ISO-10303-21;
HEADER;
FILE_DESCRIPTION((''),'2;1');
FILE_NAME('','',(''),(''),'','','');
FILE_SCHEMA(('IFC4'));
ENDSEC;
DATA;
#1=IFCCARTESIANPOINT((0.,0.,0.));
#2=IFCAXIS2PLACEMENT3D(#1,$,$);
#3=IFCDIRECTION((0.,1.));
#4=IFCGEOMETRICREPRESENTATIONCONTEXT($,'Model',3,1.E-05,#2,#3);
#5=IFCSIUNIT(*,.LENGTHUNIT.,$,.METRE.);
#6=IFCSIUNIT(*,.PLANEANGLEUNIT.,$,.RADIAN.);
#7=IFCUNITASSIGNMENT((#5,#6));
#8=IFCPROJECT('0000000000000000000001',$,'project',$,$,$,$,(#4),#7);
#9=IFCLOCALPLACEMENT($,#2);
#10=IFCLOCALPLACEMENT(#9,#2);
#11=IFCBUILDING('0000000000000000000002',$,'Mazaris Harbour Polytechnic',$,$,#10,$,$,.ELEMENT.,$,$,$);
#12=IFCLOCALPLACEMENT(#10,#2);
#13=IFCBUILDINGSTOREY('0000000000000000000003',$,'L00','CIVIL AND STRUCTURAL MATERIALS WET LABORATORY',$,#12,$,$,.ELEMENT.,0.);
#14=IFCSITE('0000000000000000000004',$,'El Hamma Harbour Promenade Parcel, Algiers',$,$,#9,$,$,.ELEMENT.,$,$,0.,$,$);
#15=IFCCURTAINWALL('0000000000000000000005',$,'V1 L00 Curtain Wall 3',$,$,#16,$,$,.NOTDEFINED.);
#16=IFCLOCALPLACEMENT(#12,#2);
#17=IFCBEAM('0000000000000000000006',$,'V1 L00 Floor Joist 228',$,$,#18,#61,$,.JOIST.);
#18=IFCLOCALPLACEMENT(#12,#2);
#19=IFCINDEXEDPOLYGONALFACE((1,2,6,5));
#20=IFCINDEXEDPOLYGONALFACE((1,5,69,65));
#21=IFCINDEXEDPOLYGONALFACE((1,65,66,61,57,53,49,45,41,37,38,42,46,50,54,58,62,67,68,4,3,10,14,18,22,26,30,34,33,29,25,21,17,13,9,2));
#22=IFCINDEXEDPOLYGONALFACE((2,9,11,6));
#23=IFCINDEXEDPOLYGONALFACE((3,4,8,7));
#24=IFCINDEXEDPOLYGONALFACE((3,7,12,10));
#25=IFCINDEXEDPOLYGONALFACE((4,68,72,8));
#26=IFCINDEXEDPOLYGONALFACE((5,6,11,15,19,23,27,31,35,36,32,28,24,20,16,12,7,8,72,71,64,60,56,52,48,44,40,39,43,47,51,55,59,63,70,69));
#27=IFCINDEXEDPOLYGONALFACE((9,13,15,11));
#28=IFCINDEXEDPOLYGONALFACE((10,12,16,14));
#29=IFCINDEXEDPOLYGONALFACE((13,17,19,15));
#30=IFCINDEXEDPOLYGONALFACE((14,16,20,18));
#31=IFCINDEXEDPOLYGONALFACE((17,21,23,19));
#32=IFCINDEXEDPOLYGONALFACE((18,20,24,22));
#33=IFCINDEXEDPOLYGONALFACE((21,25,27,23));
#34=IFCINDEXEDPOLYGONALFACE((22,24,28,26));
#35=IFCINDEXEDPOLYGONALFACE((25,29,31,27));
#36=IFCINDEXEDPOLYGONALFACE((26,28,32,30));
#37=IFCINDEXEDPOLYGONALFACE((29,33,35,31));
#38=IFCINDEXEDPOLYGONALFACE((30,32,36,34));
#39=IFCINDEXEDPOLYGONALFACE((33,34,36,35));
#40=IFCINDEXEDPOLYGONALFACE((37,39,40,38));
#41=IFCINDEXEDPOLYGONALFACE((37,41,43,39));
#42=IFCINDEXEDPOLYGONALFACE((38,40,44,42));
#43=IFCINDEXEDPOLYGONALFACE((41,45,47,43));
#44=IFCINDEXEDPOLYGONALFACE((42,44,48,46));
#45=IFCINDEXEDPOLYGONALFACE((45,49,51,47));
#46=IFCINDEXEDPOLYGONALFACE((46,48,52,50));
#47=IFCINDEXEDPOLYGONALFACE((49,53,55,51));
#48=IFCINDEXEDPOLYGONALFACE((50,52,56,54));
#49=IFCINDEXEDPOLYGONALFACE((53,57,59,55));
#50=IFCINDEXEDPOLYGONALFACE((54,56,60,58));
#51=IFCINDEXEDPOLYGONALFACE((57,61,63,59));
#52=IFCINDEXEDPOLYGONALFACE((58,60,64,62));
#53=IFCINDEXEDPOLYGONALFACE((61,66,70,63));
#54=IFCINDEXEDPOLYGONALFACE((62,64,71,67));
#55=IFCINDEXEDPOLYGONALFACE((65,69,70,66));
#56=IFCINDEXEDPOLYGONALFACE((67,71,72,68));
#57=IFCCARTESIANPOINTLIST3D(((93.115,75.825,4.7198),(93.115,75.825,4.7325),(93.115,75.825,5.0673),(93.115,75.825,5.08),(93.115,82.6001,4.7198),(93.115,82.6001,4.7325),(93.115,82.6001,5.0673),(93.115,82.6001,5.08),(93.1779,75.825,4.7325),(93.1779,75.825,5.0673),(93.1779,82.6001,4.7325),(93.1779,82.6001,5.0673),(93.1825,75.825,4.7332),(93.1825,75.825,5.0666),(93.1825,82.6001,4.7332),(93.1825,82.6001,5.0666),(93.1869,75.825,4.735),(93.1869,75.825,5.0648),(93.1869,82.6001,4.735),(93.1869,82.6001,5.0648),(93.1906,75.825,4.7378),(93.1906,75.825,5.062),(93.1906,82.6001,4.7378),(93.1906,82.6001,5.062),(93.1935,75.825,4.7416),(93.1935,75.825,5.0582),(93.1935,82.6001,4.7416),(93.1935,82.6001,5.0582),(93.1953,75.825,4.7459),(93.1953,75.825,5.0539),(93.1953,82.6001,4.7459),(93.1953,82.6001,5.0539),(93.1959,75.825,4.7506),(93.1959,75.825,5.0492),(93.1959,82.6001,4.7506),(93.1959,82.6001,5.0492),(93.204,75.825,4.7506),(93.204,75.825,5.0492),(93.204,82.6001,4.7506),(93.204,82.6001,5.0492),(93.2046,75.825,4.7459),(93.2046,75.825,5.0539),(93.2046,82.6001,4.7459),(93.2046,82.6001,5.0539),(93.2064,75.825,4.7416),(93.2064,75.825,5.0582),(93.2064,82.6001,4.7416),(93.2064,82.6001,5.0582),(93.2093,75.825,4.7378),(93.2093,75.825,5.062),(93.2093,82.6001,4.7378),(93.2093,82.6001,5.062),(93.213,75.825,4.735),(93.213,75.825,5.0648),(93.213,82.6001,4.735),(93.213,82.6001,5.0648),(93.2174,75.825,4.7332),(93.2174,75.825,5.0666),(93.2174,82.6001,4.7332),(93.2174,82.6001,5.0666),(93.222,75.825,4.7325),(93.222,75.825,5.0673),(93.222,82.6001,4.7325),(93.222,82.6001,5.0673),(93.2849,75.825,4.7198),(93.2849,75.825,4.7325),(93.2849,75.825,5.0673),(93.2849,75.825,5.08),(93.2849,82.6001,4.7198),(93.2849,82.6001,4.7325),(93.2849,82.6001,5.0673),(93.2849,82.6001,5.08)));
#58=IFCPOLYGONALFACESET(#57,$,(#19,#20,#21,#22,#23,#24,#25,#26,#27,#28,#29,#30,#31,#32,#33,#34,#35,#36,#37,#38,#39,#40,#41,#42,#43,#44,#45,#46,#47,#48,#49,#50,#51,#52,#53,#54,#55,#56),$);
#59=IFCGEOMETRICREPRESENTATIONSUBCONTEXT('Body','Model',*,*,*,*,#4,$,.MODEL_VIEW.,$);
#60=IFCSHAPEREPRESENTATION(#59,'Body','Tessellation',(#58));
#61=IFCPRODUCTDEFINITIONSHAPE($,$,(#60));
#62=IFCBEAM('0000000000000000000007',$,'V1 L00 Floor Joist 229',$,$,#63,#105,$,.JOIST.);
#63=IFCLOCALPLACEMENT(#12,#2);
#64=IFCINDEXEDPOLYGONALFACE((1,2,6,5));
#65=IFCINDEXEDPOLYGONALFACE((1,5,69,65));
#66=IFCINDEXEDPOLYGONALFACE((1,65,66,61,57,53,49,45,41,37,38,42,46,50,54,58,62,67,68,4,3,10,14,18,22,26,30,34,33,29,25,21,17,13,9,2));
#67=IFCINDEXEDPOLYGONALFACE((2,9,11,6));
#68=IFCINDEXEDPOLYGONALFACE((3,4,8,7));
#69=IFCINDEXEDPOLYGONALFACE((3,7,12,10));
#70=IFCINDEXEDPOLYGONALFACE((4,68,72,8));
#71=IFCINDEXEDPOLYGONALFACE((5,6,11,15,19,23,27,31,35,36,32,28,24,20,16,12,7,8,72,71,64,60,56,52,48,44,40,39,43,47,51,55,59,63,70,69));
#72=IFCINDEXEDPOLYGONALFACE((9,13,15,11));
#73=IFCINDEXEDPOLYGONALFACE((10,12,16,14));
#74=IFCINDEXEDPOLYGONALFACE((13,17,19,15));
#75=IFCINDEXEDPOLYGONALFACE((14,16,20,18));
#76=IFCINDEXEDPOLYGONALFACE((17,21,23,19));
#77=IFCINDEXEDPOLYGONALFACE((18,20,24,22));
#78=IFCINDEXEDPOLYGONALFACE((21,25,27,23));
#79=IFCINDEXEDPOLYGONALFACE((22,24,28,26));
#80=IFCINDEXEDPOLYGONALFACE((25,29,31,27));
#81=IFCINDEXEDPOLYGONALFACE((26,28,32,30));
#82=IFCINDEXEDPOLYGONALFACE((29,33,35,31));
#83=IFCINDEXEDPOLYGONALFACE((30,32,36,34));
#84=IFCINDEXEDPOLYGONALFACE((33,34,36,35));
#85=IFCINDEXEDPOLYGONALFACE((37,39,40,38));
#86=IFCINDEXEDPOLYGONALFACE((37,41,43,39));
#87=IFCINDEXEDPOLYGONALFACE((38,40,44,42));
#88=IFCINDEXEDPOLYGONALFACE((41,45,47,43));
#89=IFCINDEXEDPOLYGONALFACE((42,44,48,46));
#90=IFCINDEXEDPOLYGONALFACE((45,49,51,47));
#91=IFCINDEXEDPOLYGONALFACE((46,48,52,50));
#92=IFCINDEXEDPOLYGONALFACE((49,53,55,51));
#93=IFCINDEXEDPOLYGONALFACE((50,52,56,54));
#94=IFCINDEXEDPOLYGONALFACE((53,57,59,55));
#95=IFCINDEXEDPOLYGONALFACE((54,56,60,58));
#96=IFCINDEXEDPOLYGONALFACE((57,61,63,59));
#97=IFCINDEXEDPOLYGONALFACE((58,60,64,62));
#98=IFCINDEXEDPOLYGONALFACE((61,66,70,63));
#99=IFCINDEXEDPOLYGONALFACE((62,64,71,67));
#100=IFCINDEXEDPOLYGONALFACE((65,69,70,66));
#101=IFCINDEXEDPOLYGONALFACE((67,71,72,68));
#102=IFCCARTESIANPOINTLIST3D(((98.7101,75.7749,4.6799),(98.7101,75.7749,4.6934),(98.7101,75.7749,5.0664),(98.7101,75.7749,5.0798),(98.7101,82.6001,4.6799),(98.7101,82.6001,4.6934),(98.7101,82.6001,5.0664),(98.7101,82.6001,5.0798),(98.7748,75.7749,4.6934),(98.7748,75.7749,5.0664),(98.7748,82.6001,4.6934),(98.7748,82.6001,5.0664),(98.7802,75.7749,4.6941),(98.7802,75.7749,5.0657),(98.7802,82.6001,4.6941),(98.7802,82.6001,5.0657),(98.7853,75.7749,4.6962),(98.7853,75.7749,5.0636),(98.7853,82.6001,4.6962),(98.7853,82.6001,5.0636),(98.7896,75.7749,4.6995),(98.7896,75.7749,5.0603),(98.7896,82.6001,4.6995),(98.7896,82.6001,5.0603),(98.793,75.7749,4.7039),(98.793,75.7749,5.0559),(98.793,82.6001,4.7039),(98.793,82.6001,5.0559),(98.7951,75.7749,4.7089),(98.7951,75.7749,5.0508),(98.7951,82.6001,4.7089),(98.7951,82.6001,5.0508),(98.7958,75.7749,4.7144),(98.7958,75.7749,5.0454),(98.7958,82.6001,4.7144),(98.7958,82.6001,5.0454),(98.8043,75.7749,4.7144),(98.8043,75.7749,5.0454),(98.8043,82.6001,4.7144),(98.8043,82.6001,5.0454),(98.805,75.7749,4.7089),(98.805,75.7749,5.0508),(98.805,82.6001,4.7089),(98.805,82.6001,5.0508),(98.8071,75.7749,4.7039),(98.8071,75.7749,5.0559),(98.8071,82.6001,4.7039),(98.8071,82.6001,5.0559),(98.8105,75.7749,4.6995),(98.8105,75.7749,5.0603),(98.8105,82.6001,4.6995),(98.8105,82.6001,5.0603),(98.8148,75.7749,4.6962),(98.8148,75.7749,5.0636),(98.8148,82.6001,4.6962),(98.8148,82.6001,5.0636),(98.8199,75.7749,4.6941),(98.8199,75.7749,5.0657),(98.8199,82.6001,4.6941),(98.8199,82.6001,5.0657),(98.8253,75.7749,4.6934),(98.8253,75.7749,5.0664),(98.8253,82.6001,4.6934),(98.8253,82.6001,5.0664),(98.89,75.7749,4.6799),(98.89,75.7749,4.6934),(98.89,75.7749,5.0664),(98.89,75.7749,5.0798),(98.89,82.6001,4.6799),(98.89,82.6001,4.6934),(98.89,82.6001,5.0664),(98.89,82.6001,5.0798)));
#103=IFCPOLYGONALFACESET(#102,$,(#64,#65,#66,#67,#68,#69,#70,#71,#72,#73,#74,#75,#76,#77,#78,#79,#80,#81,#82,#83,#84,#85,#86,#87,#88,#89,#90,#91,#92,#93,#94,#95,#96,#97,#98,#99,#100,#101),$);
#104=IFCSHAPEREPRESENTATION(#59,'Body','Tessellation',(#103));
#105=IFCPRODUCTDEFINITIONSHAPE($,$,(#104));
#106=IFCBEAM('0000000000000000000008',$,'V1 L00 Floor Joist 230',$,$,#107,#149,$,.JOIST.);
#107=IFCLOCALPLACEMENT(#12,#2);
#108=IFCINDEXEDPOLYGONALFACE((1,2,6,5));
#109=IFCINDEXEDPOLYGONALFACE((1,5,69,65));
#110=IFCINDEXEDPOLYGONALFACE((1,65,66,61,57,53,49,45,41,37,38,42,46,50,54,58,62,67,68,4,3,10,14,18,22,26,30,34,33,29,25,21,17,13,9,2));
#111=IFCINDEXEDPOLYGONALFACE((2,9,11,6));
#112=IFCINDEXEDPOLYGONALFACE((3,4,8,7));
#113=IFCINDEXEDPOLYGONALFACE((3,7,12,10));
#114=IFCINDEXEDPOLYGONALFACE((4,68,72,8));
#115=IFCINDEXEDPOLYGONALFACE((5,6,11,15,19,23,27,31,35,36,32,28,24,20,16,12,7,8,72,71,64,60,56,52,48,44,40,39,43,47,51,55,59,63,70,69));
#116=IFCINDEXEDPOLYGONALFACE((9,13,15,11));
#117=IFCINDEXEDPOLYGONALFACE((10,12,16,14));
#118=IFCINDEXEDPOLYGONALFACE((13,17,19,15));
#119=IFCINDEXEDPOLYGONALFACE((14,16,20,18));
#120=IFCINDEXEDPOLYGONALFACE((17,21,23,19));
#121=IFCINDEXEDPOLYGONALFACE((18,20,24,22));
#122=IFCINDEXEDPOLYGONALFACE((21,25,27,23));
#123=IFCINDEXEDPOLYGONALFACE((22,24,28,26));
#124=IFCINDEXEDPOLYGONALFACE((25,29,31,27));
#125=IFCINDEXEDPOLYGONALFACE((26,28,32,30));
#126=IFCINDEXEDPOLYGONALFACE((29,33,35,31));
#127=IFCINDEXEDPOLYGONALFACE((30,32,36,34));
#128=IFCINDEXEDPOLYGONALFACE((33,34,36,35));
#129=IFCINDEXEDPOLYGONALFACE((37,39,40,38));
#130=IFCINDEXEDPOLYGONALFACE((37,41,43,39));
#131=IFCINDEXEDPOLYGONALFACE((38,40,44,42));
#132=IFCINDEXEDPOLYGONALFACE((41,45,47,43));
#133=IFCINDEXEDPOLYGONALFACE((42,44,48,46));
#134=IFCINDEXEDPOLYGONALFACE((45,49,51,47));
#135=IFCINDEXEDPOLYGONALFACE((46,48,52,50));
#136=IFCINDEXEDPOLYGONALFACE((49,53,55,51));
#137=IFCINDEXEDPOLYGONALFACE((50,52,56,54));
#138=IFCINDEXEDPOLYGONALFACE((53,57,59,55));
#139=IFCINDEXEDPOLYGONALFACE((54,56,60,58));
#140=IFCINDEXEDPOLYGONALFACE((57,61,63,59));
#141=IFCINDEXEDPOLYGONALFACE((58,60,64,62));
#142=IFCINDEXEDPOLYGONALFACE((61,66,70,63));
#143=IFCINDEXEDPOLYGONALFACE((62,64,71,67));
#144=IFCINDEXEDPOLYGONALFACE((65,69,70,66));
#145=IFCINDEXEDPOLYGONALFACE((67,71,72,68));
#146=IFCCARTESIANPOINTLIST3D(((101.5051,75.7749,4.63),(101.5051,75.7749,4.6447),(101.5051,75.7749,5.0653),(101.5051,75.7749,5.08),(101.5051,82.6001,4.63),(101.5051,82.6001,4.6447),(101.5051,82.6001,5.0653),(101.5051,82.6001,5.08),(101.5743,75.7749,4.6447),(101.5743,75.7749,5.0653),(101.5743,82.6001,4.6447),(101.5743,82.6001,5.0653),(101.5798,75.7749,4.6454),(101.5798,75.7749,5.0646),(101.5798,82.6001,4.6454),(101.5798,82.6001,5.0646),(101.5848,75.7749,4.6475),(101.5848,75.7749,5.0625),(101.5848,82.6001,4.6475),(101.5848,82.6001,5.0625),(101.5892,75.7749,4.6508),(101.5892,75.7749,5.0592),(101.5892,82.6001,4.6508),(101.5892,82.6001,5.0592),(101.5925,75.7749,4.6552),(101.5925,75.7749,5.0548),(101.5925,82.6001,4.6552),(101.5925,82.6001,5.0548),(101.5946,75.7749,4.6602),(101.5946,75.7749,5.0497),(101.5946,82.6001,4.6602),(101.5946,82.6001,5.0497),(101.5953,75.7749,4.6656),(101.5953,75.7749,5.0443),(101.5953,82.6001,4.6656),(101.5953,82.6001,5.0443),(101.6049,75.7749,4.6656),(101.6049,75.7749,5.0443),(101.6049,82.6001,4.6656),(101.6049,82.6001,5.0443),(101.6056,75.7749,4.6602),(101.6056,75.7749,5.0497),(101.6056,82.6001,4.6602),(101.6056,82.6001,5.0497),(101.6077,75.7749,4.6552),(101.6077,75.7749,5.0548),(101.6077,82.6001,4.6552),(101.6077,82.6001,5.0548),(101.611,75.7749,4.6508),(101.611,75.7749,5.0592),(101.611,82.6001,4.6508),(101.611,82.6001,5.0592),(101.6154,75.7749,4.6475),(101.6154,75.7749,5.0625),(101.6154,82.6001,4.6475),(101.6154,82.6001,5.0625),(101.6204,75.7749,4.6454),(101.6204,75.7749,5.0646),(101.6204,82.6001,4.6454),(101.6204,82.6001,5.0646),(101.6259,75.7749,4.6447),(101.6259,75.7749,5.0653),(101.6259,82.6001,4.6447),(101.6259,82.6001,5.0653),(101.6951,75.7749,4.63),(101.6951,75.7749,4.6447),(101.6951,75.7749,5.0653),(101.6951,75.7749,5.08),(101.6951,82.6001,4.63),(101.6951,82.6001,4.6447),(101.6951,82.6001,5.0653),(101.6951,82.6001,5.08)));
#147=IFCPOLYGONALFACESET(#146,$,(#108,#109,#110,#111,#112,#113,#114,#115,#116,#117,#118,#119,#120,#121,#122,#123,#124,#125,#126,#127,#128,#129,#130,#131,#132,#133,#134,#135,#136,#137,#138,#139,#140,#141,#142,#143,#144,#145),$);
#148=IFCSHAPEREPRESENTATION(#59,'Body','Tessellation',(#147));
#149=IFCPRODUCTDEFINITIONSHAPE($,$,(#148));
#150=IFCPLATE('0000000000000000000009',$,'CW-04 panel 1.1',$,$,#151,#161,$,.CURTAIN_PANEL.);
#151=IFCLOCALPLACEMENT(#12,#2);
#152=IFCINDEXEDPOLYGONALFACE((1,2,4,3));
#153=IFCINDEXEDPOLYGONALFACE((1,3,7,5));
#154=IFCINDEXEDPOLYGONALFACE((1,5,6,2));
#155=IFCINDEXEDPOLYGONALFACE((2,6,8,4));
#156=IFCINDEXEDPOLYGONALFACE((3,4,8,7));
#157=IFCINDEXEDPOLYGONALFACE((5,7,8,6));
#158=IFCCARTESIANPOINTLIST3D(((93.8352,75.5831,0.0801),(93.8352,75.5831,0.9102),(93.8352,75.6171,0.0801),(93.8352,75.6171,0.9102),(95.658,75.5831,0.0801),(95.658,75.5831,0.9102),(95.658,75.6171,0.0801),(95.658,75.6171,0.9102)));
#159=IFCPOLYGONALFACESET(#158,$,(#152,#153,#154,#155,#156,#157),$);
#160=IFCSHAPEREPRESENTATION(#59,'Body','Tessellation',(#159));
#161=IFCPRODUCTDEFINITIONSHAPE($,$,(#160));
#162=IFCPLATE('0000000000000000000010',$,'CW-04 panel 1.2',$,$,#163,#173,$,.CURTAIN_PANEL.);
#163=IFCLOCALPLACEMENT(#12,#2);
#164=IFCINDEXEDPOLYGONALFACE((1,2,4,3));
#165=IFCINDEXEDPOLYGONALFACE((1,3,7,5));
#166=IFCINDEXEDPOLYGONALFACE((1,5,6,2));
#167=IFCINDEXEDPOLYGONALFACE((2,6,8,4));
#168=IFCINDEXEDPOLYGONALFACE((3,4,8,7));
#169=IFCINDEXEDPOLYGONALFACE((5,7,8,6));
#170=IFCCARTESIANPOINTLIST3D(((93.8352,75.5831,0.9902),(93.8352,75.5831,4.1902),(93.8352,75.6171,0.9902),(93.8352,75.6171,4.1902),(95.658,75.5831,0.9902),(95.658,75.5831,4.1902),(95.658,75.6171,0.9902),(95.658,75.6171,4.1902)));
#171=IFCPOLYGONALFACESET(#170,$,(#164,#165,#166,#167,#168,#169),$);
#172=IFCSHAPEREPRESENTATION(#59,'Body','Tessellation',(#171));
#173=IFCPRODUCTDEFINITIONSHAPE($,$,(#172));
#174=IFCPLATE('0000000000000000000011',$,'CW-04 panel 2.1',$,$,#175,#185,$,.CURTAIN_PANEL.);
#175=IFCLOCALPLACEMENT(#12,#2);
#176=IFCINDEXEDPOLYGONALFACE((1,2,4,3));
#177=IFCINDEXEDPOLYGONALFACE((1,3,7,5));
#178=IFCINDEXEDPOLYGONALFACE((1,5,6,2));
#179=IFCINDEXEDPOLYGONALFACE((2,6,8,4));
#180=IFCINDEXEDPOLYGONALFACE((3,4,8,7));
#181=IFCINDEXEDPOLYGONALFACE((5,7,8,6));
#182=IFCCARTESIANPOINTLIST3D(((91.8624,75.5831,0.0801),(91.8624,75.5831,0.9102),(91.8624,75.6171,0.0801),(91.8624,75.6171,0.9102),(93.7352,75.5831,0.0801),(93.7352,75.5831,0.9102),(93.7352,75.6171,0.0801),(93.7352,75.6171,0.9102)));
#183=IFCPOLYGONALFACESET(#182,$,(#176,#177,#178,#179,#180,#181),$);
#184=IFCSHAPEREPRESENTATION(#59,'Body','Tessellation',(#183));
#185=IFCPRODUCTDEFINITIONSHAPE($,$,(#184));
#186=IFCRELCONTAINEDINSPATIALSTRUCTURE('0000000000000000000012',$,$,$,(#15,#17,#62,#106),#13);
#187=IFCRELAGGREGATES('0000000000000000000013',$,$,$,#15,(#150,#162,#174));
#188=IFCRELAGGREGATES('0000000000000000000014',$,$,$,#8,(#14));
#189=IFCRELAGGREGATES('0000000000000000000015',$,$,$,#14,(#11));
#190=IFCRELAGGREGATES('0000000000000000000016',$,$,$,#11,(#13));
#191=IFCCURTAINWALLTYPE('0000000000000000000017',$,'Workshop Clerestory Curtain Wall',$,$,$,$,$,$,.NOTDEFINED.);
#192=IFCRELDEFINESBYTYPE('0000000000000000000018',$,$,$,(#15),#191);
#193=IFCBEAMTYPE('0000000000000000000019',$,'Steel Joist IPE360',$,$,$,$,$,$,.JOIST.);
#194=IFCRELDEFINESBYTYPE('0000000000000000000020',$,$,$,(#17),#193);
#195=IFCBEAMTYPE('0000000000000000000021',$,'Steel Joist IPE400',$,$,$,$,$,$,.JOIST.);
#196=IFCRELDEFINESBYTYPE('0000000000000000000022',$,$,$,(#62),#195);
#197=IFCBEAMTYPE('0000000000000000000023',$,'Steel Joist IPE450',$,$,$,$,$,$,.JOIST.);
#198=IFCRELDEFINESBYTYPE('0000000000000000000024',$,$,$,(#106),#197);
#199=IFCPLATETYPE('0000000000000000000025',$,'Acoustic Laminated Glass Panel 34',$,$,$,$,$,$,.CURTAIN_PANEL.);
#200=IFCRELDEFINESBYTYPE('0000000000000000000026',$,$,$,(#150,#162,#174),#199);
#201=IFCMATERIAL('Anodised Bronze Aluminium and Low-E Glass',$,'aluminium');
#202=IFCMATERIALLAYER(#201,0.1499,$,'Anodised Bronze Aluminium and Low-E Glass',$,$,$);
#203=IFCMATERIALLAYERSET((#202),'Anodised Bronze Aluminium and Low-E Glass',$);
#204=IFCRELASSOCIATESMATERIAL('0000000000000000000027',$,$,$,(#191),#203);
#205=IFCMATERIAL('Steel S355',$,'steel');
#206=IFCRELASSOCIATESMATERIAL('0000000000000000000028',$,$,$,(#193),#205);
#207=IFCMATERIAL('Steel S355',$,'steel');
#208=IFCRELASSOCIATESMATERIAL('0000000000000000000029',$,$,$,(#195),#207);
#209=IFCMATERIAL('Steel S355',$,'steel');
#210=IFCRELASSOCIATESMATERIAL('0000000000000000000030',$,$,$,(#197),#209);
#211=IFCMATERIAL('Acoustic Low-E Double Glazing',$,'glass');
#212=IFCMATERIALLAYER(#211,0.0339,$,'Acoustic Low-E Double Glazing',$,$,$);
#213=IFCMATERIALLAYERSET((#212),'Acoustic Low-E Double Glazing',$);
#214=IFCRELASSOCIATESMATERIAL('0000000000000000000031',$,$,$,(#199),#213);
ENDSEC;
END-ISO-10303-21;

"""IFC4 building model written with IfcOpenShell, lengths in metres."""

from ifc_helpers import new_model, si_unit, direction, frame, origin, origin_2d, place, context, subcontext, project, spatial, rectangle, i_section, extrude, material, layer, layer_set, material_profile, profile_set, type_object, element, aggregate, save


model = new_model("IFC4")

# Units and contexts
model_context = context("Model", 3, precision=1e-05, world=origin(), true_north=direction((0.0, 1.0)))
body_context = subcontext(model_context, "Body", "Model", "MODEL_VIEW")
ifc_project = project(units=[si_unit("LENGTHUNIT", "METRE"), si_unit("PLANEANGLEUNIT", "RADIAN")], contexts=[model_context])

# Site, building, storey
site_placement = place(None, origin())
site = spatial("IfcSite", under=ifc_project, at=site_placement, Name="El Hamma Harbour Promenade Parcel, Algiers", CompositionType="ELEMENT", RefElevation=0.0)
building_placement = place(site_placement, origin())
building = spatial("IfcBuilding", under=site, at=building_placement, Name="Mazaris Harbour Polytechnic", CompositionType="ELEMENT")
storey_placement = place(building_placement, origin())
storey = spatial("IfcBuildingStorey", under=building, at=storey_placement, Name="L00", Description="CIVIL AND STRUCTURAL MATERIALS WET LABORATORY", CompositionType="ELEMENT", Elevation=0.0)

# Curtain wall
ifc_material_1 = material(Name="Anodised Bronze Aluminium and Low-E Glass", Category="aluminium")
ifc_layer_1 = layer(ifc_material_1, 0.1499, Name="Anodised Bronze Aluminium and Low-E Glass")
ifc_layer_set_1 = layer_set([ifc_layer_1], Name="Anodised Bronze Aluminium and Low-E Glass")
curtain_wall_type = type_object("IfcCurtainWallType", Name="Workshop Clerestory Curtain Wall", PredefinedType="NOTDEFINED", material=ifc_layer_set_1)
curtain_wall_placement = place(storey_placement, origin())
curtain_wall = element("IfcCurtainWall", 1, at=curtain_wall_placement, inside=storey, type_object=curtain_wall_type, Name="V1 L00 Curtain Wall 3", PredefinedType="NOTDEFINED")

# Beams
ifc_material_2 = material(Name="Steel S355", Category="steel")
ifc_material_profile_1 = material_profile(ifc_material_2, i_section(OverallWidth=0.1699, OverallDepth=0.3601, WebThickness=0.0081, FlangeThickness=0.0127, FilletRadius=0.0181, at=origin_2d()), Name="IPE 360")
ifc_profile_set_1 = profile_set([ifc_material_profile_1], Name="Steel S355")
beam_type_1 = type_object("IfcBeamType", Name="Steel Joist IPE360", PredefinedType="JOIST", material=ifc_profile_set_1)
beam_1_placement = place(storey_placement, frame((93.2, 75.825, 4.8999), z_axis=(0.0, 1.0, 0.0), x_axis=(-1.0, 0.0, 0.0)))
element("IfcBeam", 2, at=beam_1_placement, inside=storey, type_object=beam_type_1, Name="V1 L00 Floor Joist 228", PredefinedType="JOIST", context=body_context, shape_type="SweptSolid", body=[
    extrude(i_section(OverallWidth=0.1699, OverallDepth=0.3601, WebThickness=0.0081, FlangeThickness=0.0127, FilletRadius=0.0181, at=origin_2d()), origin(), (0.0, 0.0, 1.0), 6.7751),
])
ifc_material_3 = material(Name="Steel S355", Category="steel")
ifc_material_profile_2 = material_profile(ifc_material_3, i_section(OverallWidth=0.1799, OverallDepth=0.3999, WebThickness=0.0085, FlangeThickness=0.0134, FilletRadius=0.021, at=origin_2d()), Name="IPE 400")
ifc_profile_set_2 = profile_set([ifc_material_profile_2], Name="Steel S355")
beam_type_2 = type_object("IfcBeamType", Name="Steel Joist IPE400", PredefinedType="JOIST", material=ifc_profile_set_2)
beam_2_placement = place(storey_placement, frame((98.8, 75.7749, 4.8799), z_axis=(0.0, 1.0, 0.0), x_axis=(-1.0, 0.0, 0.0)))
element("IfcBeam", 3, at=beam_2_placement, inside=storey, type_object=beam_type_2, Name="V1 L00 Floor Joist 229", PredefinedType="JOIST", context=body_context, shape_type="SweptSolid", body=[
    extrude(i_section(OverallWidth=0.1799, OverallDepth=0.3999, WebThickness=0.0085, FlangeThickness=0.0134, FilletRadius=0.021, at=origin_2d()), origin(), (0.0, 0.0, 1.0), 6.8252),
])
ifc_material_4 = material(Name="Steel S355", Category="steel")
ifc_material_profile_3 = material_profile(ifc_material_4, i_section(OverallWidth=0.1899, OverallDepth=0.45, WebThickness=0.0095, FlangeThickness=0.0146, FilletRadius=0.021, at=origin_2d()), Name="IPE 450")
ifc_profile_set_3 = profile_set([ifc_material_profile_3], Name="Steel S355")
beam_type_3 = type_object("IfcBeamType", Name="Steel Joist IPE450", PredefinedType="JOIST", material=ifc_profile_set_3)
beam_3_placement = place(storey_placement, frame((101.6001, 75.7749, 4.855), z_axis=(0.0, 1.0, 0.0), x_axis=(-1.0, 0.0, 0.0)))
element("IfcBeam", 4, at=beam_3_placement, inside=storey, type_object=beam_type_3, Name="V1 L00 Floor Joist 230", PredefinedType="JOIST", context=body_context, shape_type="SweptSolid", body=[
    extrude(i_section(OverallWidth=0.1899, OverallDepth=0.45, WebThickness=0.0095, FlangeThickness=0.0146, FilletRadius=0.021, at=origin_2d()), origin(), (0.0, 0.0, 1.0), 6.8252),
])

# Plates
ifc_material_5 = material(Name="Acoustic Low-E Double Glazing", Category="glass")
ifc_layer_2 = layer(ifc_material_5, 0.0339, Name="Acoustic Low-E Double Glazing")
ifc_layer_set_2 = layer_set([ifc_layer_2], Name="Acoustic Low-E Double Glazing")
plate_type = type_object("IfcPlateType", Name="Acoustic Laminated Glass Panel 34", PredefinedType="CURTAIN_PANEL", material=ifc_layer_set_2)
plate_1_placement = place(storey_placement, frame((94.7466, 75.6001, 0.0801), z_axis=(0.0, 0.0, 1.0), x_axis=(-1.0, 0.0, 0.0)))
plate_1 = element("IfcPlate", 5, at=plate_1_placement, type_object=plate_type, Name="CW-04 panel 1.1", PredefinedType="CURTAIN_PANEL", context=body_context, shape_type="SweptSolid", body=[
    extrude(rectangle(XDim=1.8228, YDim=0.0339, at=origin_2d()), origin(), (0.0, 0.0, 1.0), 0.8301),
])
plate_2_placement = place(storey_placement, frame((94.7466, 75.6001, 0.9902), z_axis=(0.0, 0.0, 1.0), x_axis=(-1.0, 0.0, 0.0)))
plate_2 = element("IfcPlate", 6, at=plate_2_placement, type_object=plate_type, Name="CW-04 panel 1.2", PredefinedType="CURTAIN_PANEL", context=body_context, shape_type="SweptSolid", body=[
    extrude(rectangle(XDim=1.8228, YDim=0.0339, at=origin_2d()), origin(), (0.0, 0.0, 1.0), 3.2),
])
plate_3_placement = place(storey_placement, frame((92.7988, 75.6001, 0.0801), z_axis=(0.0, 0.0, 1.0), x_axis=(-1.0, 0.0, 0.0)))
plate_3 = element("IfcPlate", 7, at=plate_3_placement, type_object=plate_type, Name="CW-04 panel 2.1", PredefinedType="CURTAIN_PANEL", context=body_context, shape_type="SweptSolid", body=[
    extrude(rectangle(XDim=1.8728, YDim=0.0339, at=origin_2d()), origin(), (0.0, 0.0, 1.0), 0.8301),
])
aggregate(curtain_wall, [plate_1, plate_2, plate_3])

save(model, "model.ifc")
